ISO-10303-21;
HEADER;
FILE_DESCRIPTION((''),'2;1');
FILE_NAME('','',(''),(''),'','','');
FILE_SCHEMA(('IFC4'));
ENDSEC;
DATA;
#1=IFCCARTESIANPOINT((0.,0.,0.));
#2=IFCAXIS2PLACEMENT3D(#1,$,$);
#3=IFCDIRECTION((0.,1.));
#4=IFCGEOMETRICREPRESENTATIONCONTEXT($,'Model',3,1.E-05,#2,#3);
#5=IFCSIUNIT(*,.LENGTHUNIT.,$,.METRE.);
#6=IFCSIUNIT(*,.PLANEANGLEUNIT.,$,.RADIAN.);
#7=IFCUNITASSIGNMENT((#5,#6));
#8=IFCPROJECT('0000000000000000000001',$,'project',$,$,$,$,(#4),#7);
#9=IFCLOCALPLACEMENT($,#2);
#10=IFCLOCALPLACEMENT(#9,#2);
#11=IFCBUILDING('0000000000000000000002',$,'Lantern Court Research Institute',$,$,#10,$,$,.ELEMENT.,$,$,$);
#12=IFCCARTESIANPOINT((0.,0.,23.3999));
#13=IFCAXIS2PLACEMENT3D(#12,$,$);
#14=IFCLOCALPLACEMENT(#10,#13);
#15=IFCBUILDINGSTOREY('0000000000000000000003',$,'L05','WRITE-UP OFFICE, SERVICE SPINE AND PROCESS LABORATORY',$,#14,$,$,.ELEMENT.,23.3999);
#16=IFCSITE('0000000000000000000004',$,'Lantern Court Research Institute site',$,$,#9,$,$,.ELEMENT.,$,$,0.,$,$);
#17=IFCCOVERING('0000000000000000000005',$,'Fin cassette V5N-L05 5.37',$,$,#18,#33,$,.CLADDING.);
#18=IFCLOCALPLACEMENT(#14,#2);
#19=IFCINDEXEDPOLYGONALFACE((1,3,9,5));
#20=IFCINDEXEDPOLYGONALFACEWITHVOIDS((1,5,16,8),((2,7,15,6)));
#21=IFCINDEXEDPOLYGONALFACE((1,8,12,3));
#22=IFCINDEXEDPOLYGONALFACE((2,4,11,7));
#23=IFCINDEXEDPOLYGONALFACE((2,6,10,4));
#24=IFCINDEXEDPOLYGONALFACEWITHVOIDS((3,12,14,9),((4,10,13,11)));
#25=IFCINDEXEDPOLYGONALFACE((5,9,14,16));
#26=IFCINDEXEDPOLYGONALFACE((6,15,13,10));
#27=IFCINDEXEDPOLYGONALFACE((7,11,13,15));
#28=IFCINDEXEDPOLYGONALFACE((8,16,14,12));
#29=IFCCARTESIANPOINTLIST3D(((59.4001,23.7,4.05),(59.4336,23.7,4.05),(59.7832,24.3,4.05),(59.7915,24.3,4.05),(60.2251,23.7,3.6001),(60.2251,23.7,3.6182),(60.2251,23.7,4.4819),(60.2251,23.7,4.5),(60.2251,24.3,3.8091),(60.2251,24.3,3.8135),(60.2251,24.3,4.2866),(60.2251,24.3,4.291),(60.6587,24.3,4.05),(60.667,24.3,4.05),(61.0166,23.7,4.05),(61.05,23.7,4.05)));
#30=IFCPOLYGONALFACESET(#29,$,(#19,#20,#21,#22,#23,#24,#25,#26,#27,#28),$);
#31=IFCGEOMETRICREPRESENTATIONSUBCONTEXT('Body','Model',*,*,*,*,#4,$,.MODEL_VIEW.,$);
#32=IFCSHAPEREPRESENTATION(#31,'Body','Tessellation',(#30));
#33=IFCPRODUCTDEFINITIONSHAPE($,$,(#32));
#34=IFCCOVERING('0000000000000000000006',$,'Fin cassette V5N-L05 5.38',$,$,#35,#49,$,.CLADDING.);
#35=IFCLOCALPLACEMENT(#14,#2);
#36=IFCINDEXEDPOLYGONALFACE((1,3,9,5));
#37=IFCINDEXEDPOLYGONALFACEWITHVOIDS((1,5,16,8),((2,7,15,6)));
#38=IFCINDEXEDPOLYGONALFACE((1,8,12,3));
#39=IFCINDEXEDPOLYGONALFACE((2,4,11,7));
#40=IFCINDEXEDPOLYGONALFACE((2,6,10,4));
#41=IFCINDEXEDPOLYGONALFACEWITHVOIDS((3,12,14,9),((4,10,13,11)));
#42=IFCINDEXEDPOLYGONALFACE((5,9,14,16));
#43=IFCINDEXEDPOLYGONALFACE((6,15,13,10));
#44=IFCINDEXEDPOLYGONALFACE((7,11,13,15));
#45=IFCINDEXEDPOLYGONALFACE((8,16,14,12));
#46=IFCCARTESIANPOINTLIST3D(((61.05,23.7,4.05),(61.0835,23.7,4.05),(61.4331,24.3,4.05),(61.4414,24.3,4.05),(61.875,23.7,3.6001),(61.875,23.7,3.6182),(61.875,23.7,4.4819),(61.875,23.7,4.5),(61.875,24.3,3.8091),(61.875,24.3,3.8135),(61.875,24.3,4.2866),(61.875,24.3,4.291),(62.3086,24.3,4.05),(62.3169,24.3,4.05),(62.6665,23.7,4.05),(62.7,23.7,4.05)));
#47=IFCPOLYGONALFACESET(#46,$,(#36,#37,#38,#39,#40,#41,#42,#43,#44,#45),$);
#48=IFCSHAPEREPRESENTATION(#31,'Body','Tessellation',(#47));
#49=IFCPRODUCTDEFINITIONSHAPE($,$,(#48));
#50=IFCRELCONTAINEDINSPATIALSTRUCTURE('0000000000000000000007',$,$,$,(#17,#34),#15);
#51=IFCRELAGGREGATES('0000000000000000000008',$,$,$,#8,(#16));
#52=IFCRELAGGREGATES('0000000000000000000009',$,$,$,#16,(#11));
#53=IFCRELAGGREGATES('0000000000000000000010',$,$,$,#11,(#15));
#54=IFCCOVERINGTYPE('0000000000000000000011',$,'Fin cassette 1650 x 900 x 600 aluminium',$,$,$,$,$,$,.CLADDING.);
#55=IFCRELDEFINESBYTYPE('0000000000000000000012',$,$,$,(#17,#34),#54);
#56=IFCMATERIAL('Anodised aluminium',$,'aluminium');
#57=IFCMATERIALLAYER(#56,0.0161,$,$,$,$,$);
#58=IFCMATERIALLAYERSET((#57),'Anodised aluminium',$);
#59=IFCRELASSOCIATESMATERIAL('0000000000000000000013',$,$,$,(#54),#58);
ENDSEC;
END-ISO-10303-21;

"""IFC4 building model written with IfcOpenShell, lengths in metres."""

from ifc_helpers import new_model, entity, si_unit, direction, frame, origin, place, context, subcontext, project, spatial, material, layer, layer_set, type_object, element, save


model = new_model("IFC4")

# Units and contexts
model_context = context("Model", 3, precision=1e-05, world=origin(), true_north=direction((0.0, 1.0)))
body_context = subcontext(model_context, "Body", "Model", "MODEL_VIEW")
ifc_project = project(units=[si_unit("LENGTHUNIT", "METRE"), si_unit("PLANEANGLEUNIT", "RADIAN")], contexts=[model_context])

# Site, building, storey
site_placement = place(None, origin())
site = spatial("IfcSite", under=ifc_project, at=site_placement, Name="Lantern Court Research Institute site", CompositionType="ELEMENT", RefElevation=0.0)
building_placement = place(site_placement, origin())
building = spatial("IfcBuilding", under=site, at=building_placement, Name="Lantern Court Research Institute", CompositionType="ELEMENT")
storey_placement = place(building_placement, frame((0.0, 0.0, 23.3999)))
storey = spatial("IfcBuildingStorey", under=building, at=storey_placement, Name="L05", Description="WRITE-UP OFFICE, SERVICE SPINE AND PROCESS LABORATORY", CompositionType="ELEMENT", Elevation=23.3999)

# Coverings
ifc_material = material(Name="Anodised aluminium", Category="aluminium")
ifc_layer = layer(ifc_material, 0.0161)
ifc_layer_set = layer_set([ifc_layer], Name="Anodised aluminium")
covering_type = type_object("IfcCoveringType", Name="Fin cassette 1650 x 900 x 600 aluminium", PredefinedType="CLADDING", material=ifc_layer_set)
covering_1_placement = place(storey_placement, frame((60.2251, 23.7, 4.05), z_axis=(0.0, 1.0, 0.0), x_axis=(-1.0, 0.0, 0.0)))
cartesian_point_1 = entity("IfcCartesianPoint", [0.825, 0.0])
cartesian_point_2 = entity("IfcCartesianPoint", [0.7915, 0.0])
cartesian_point_3 = entity("IfcCartesianPoint", [0.4419, 0.0])
cartesian_point_4 = entity("IfcCartesianPoint", [0.4336, 0.0])
element("IfcCovering", 1, at=covering_1_placement, inside=storey, type_object=covering_type, Name="Fin cassette V5N-L05 5.37", PredefinedType="CLADDING", context=body_context, shape_type="SweptSolid", body=[
    entity("IfcExtrudedAreaSolidTapered", entity("IfcArbitraryProfileDefWithVoids", "AREA", None, entity("IfcPolyline", [cartesian_point_1, entity("IfcCartesianPoint", [0.0, 0.45]), entity("IfcCartesianPoint", [-0.825, 0.0]), entity("IfcCartesianPoint", [0.0, -0.45]), cartesian_point_1]), [entity("IfcPolyline", [cartesian_point_2, entity("IfcCartesianPoint", [0.0, 0.4319]), entity("IfcCartesianPoint", [-0.7915, 0.0]), entity("IfcCartesianPoint", [0.0, -0.4319]), cartesian_point_2])]), entity("IfcAxis2Placement3D", entity("IfcCartesianPoint", [0.0, 0.0, 0.0])), entity("IfcDirection", [0.0, 0.0, 1.0]), 0.6001, entity("IfcArbitraryProfileDefWithVoids", "AREA", None, entity("IfcPolyline", [cartesian_point_3, entity("IfcCartesianPoint", [0.0, 0.241]), entity("IfcCartesianPoint", [-0.4419, 0.0]), entity("IfcCartesianPoint", [0.0, -0.241]), cartesian_point_3]), [entity("IfcPolyline", [cartesian_point_4, entity("IfcCartesianPoint", [0.0, 0.2366]), entity("IfcCartesianPoint", [-0.4336, 0.0]), entity("IfcCartesianPoint", [0.0, -0.2366]), cartesian_point_4])])),
])
covering_2_placement = place(storey_placement, frame((61.875, 23.7, 4.05), z_axis=(0.0, 1.0, 0.0), x_axis=(-1.0, 0.0, 0.0)))
cartesian_point_5 = entity("IfcCartesianPoint", [0.825, 0.0])
cartesian_point_6 = entity("IfcCartesianPoint", [0.7915, 0.0])
cartesian_point_7 = entity("IfcCartesianPoint", [0.4419, 0.0])
cartesian_point_8 = entity("IfcCartesianPoint", [0.4336, 0.0])
element("IfcCovering", 2, at=covering_2_placement, inside=storey, type_object=covering_type, Name="Fin cassette V5N-L05 5.38", PredefinedType="CLADDING", context=body_context, shape_type="SweptSolid", body=[
    entity("IfcExtrudedAreaSolidTapered", entity("IfcArbitraryProfileDefWithVoids", "AREA", None, entity("IfcPolyline", [cartesian_point_5, entity("IfcCartesianPoint", [0.0, 0.45]), entity("IfcCartesianPoint", [-0.825, 0.0]), entity("IfcCartesianPoint", [0.0, -0.45]), cartesian_point_5]), [entity("IfcPolyline", [cartesian_point_6, entity("IfcCartesianPoint", [0.0, 0.4319]), entity("IfcCartesianPoint", [-0.7915, 0.0]), entity("IfcCartesianPoint", [0.0, -0.4319]), cartesian_point_6])]), entity("IfcAxis2Placement3D", entity("IfcCartesianPoint", [0.0, 0.0, 0.0])), entity("IfcDirection", [0.0, 0.0, 1.0]), 0.6001, entity("IfcArbitraryProfileDefWithVoids", "AREA", None, entity("IfcPolyline", [cartesian_point_7, entity("IfcCartesianPoint", [0.0, 0.241]), entity("IfcCartesianPoint", [-0.4419, 0.0]), entity("IfcCartesianPoint", [0.0, -0.241]), cartesian_point_7]), [entity("IfcPolyline", [cartesian_point_8, entity("IfcCartesianPoint", [0.0, 0.2366]), entity("IfcCartesianPoint", [-0.4336, 0.0]), entity("IfcCartesianPoint", [0.0, -0.2366]), cartesian_point_8])])),
])

save(model, "model.ifc")
